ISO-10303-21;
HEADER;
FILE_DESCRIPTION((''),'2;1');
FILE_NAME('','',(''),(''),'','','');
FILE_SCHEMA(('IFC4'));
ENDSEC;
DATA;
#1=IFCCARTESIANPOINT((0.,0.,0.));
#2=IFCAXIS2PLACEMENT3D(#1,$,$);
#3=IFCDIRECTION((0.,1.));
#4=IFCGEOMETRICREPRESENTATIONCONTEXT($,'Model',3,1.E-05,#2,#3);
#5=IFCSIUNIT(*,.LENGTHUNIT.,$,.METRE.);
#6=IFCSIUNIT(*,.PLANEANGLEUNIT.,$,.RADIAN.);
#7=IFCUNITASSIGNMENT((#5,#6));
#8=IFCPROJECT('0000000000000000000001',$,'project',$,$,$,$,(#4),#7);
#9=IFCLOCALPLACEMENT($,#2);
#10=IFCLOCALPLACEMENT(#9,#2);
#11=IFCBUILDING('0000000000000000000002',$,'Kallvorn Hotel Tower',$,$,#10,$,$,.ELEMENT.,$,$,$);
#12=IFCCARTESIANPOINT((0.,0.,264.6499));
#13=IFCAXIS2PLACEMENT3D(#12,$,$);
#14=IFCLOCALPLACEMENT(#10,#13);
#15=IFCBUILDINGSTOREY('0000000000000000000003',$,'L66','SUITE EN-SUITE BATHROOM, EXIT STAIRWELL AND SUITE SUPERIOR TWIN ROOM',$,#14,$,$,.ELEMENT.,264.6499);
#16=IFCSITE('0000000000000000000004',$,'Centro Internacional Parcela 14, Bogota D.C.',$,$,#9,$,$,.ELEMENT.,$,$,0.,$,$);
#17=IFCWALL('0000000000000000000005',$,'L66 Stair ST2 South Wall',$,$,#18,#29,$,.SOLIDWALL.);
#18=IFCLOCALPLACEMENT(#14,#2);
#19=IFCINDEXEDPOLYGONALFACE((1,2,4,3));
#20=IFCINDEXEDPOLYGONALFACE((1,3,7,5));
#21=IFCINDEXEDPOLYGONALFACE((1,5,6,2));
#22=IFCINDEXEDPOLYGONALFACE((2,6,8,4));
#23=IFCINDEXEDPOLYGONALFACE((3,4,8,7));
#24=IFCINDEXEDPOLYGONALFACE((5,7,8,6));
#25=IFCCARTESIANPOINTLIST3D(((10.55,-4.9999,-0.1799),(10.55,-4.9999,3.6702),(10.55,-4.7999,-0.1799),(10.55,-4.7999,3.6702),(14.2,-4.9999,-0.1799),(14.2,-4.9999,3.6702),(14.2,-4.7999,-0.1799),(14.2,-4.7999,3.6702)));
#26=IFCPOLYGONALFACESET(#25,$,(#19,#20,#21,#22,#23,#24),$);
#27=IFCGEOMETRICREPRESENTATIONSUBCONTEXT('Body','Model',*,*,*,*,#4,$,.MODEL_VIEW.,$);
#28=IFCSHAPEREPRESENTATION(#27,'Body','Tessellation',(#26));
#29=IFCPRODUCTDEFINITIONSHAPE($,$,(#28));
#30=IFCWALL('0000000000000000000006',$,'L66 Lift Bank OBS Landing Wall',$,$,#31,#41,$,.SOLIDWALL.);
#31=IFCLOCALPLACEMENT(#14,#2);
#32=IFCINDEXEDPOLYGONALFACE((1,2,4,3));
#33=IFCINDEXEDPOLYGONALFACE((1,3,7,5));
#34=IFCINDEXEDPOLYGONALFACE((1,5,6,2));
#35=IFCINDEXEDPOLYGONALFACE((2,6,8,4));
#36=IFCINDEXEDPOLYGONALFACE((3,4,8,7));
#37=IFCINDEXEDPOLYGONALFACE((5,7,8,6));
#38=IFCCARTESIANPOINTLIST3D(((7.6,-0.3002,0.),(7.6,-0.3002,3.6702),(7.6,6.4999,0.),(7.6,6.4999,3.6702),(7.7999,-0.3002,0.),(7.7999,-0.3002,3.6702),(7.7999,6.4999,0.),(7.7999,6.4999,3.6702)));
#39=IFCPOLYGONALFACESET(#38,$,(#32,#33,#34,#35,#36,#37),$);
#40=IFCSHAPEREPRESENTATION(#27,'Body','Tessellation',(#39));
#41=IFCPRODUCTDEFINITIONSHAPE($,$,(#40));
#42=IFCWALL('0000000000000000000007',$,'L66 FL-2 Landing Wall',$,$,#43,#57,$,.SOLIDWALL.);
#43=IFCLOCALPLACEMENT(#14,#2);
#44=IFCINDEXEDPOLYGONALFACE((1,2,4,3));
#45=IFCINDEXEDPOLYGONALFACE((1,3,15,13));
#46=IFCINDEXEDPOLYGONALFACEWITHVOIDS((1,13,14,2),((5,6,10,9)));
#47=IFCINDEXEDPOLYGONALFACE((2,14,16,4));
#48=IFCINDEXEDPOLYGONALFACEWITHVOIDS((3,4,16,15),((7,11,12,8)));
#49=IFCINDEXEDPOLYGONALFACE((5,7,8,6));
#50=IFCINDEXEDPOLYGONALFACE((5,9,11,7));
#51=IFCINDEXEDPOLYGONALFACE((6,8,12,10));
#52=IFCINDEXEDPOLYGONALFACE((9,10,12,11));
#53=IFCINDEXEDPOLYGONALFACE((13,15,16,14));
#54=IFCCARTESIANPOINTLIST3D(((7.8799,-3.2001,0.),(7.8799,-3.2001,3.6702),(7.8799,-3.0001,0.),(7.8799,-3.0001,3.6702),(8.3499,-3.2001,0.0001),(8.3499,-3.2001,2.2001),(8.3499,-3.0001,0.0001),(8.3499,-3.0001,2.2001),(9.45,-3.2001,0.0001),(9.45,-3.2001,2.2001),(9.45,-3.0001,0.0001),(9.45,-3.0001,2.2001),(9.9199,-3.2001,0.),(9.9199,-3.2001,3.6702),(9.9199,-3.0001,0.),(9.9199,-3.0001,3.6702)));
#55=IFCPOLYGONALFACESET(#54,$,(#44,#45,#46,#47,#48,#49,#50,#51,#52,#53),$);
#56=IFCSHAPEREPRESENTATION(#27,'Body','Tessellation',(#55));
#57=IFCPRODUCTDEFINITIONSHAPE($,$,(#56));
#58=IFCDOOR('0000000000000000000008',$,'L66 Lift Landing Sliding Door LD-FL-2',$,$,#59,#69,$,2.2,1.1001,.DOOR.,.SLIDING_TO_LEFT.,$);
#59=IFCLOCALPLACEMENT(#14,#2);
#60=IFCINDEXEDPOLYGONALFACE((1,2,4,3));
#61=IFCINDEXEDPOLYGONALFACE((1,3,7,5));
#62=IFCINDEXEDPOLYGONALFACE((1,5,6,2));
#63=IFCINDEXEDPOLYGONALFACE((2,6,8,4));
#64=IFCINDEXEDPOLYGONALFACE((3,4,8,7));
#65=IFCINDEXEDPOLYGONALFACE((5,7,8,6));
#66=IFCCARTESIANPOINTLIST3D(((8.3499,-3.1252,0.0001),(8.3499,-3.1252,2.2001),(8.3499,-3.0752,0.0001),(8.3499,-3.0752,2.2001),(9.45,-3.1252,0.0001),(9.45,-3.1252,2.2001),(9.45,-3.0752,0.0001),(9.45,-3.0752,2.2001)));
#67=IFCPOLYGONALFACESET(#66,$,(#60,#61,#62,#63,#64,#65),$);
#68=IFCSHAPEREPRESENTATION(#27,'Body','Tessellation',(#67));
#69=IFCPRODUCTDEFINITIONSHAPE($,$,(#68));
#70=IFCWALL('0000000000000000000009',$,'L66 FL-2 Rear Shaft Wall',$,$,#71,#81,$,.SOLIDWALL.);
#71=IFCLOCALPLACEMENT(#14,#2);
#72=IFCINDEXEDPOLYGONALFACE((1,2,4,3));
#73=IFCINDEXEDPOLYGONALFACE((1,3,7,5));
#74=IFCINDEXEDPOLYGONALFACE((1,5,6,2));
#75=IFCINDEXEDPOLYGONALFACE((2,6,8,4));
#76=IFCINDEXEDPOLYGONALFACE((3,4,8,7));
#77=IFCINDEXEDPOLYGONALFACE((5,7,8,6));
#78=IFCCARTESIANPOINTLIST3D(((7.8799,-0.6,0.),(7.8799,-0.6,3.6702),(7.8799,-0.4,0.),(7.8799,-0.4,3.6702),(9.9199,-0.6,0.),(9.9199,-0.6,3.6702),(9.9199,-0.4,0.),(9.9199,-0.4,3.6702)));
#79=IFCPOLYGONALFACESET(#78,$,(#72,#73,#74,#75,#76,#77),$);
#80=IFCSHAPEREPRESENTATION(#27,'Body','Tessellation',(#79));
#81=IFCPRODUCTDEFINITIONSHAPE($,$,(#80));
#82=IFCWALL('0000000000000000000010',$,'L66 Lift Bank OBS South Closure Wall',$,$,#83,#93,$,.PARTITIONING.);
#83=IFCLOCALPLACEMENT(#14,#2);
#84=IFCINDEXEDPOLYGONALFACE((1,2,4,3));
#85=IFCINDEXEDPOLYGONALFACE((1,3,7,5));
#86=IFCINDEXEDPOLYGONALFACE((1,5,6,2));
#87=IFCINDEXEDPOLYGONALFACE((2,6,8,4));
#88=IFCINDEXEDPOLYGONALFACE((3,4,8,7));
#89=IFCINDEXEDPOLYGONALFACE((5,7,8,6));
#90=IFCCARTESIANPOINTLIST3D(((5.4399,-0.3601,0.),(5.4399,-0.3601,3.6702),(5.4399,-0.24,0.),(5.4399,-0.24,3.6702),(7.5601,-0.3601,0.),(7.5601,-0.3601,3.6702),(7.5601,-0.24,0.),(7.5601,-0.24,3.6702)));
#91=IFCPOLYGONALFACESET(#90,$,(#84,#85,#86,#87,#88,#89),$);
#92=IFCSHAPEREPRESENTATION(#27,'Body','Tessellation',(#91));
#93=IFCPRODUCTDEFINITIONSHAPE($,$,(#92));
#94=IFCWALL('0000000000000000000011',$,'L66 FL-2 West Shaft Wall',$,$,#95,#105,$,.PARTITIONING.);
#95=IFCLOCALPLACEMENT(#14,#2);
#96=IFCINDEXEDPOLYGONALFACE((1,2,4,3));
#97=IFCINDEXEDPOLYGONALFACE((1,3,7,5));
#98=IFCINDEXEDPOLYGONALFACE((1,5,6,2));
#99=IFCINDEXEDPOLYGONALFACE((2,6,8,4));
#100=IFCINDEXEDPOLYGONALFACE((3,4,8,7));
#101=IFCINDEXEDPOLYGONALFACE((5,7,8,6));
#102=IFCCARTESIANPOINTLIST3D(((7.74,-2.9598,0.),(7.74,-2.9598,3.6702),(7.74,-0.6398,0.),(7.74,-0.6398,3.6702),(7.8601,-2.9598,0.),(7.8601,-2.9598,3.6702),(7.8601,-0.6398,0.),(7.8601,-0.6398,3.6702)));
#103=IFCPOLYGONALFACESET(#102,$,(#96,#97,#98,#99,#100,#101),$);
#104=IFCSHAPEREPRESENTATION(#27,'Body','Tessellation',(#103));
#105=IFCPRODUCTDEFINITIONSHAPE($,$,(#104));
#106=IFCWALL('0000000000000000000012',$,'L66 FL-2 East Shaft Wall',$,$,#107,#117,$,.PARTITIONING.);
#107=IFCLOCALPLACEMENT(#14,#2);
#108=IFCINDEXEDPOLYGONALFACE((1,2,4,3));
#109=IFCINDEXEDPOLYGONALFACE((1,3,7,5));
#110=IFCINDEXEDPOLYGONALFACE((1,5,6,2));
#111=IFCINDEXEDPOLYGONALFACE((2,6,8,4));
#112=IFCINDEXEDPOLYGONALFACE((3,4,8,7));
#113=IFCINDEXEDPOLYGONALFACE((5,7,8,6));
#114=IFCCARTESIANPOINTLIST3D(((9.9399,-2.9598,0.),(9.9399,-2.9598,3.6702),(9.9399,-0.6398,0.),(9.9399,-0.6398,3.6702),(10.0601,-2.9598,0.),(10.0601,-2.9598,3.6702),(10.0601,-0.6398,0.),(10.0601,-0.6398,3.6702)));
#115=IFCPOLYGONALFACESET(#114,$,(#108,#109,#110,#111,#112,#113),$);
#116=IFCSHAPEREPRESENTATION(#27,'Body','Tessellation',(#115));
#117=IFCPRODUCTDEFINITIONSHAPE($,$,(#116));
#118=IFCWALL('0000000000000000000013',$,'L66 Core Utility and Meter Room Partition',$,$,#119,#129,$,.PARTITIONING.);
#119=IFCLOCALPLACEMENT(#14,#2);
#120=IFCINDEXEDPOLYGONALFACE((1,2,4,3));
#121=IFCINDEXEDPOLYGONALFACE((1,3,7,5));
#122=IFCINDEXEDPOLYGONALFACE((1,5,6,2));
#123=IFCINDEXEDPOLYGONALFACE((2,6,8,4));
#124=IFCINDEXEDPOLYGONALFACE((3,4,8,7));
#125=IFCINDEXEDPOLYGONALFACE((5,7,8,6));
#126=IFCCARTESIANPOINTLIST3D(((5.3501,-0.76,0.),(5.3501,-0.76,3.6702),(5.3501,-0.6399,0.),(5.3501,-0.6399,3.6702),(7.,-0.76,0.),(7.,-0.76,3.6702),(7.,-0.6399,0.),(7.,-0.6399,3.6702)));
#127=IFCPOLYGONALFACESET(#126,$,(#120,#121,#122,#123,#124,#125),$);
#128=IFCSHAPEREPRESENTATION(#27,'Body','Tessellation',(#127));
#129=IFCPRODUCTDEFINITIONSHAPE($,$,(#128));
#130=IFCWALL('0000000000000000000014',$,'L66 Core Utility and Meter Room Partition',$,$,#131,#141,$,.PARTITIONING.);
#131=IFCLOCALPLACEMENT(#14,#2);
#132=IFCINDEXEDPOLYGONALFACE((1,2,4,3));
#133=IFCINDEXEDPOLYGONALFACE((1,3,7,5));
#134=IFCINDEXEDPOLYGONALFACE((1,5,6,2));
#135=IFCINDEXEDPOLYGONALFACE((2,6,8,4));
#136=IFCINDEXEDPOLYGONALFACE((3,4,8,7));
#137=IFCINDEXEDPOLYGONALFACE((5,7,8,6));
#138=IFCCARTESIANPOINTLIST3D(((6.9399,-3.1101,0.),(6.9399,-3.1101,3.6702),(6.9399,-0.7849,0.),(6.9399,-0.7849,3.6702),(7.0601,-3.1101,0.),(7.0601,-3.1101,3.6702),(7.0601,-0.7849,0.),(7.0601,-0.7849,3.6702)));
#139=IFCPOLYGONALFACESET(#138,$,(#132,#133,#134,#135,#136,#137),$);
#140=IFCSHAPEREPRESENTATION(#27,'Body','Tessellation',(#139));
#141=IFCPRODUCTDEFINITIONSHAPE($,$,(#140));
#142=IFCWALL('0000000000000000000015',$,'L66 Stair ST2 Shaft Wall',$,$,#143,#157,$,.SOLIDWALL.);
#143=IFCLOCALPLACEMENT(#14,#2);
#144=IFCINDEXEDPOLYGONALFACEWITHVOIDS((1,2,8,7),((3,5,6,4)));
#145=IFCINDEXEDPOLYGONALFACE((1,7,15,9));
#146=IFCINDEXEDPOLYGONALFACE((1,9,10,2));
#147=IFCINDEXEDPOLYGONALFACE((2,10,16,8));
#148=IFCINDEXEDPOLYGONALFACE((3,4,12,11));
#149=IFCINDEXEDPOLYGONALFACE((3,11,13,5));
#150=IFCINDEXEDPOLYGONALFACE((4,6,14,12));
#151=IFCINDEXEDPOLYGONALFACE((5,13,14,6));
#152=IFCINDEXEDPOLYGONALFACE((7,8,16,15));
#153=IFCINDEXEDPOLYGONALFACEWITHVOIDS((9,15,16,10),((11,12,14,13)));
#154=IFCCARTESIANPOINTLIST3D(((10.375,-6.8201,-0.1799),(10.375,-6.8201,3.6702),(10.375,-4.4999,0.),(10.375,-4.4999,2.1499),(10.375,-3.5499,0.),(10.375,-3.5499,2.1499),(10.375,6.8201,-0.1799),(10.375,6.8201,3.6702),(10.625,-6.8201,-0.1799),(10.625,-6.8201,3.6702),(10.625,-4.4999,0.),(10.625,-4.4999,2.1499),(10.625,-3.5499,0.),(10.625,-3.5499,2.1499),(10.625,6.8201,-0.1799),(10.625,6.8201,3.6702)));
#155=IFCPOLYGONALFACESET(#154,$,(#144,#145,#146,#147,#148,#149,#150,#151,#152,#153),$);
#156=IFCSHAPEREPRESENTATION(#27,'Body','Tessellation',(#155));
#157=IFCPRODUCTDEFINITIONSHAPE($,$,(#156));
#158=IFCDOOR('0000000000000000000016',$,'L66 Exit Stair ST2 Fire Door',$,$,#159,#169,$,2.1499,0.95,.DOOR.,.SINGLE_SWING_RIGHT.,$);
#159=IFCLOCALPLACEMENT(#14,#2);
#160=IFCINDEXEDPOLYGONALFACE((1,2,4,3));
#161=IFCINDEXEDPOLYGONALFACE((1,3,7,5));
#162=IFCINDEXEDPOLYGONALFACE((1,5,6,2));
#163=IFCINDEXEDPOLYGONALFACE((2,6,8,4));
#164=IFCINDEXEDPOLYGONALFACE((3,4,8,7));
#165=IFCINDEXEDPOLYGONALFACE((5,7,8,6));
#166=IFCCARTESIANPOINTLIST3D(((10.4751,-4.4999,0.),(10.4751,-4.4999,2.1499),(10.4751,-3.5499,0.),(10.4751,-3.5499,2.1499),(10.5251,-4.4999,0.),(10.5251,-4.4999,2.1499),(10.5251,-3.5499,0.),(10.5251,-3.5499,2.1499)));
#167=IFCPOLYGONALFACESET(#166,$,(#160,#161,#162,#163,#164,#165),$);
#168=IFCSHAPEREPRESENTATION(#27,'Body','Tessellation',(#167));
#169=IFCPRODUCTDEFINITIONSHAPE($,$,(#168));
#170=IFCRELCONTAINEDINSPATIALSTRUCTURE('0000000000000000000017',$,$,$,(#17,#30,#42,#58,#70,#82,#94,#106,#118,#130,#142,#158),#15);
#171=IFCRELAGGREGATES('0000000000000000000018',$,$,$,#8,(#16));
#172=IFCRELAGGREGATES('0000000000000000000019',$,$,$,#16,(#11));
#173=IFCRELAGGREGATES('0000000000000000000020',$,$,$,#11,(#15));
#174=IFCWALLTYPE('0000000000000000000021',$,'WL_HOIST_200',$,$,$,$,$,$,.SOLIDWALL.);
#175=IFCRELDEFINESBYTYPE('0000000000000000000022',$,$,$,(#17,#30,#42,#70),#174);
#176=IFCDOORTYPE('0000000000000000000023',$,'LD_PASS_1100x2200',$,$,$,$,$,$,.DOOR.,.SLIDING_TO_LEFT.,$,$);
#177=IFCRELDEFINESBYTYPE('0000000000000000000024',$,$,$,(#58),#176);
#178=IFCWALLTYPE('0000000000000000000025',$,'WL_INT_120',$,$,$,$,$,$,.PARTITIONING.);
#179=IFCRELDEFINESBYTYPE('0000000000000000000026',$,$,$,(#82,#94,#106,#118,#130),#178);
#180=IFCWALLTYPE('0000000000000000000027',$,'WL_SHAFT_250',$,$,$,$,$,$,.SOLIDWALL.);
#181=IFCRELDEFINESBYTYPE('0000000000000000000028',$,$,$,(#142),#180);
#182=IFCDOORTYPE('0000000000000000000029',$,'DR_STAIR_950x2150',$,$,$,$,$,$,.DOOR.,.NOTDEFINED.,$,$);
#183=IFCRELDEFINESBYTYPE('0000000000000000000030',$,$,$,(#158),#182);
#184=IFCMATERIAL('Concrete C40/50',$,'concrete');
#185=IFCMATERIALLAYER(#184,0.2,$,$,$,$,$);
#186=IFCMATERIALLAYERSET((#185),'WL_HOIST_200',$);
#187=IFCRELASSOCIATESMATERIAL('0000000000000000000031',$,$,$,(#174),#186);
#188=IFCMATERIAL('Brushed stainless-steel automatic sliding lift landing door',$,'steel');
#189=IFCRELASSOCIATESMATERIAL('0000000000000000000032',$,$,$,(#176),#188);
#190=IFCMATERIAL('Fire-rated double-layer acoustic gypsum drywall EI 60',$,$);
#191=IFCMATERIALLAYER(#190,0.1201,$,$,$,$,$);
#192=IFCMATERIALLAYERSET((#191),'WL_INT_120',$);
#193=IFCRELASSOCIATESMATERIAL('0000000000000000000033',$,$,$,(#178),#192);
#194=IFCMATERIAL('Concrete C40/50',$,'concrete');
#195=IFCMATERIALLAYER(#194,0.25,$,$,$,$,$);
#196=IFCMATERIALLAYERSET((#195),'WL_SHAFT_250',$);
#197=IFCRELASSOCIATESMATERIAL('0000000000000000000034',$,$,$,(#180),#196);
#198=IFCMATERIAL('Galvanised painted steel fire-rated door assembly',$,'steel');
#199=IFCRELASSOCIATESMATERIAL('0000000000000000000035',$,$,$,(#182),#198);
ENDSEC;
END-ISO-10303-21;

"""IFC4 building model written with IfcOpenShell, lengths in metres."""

from ifc_helpers import new_model, si_unit, direction, frame, frame_2d, origin, place, context, subcontext, project, spatial, rectangle, extrude, material, layer, layer_set, type_object, element, fill, save


model = new_model("IFC4")

# Units and contexts
model_context = context("Model", 3, precision=1e-05, world=origin(), true_north=direction((0.0, 1.0)))
body_context = subcontext(model_context, "Body", "Model", "MODEL_VIEW")
ifc_project = project(units=[si_unit("LENGTHUNIT", "METRE"), si_unit("PLANEANGLEUNIT", "RADIAN")], contexts=[model_context])

# Site, building, storey
site_placement = place(None, origin())
site = spatial("IfcSite", under=ifc_project, at=site_placement, Name="Centro Internacional Parcela 14, Bogota D.C.", CompositionType="ELEMENT", RefElevation=0.0)
building_placement = place(site_placement, origin())
building = spatial("IfcBuilding", under=site, at=building_placement, Name="Kallvorn Hotel Tower", CompositionType="ELEMENT")
storey_placement = place(building_placement, frame((0.0, 0.0, 264.6499)))
storey = spatial("IfcBuildingStorey", under=building, at=storey_placement, Name="L66", Description="SUITE EN-SUITE BATHROOM, EXIT STAIRWELL AND SUITE SUPERIOR TWIN ROOM", CompositionType="ELEMENT", Elevation=264.6499)

# Walls
ifc_material_1 = material(Name="Concrete C40/50", Category="concrete")
ifc_layer_1 = layer(ifc_material_1, 0.2)
ifc_layer_set_1 = layer_set([ifc_layer_1], Name="WL_HOIST_200")
wall_type_1 = type_object("IfcWallType", Name="WL_HOIST_200", PredefinedType="SOLIDWALL", material=ifc_layer_set_1)
wall_1_placement = place(storey_placement, frame((10.55, -4.8999, -0.1799), z_axis=(0.0, 0.0, 1.0), x_axis=(1.0, 0.0, 0.0)))
element("IfcWall", 1, at=wall_1_placement, inside=storey, type_object=wall_type_1, Name="L66 Stair ST2 South Wall", PredefinedType="SOLIDWALL", context=body_context, shape_type="SweptSolid", body=[
    extrude(rectangle(XDim=3.6499, YDim=0.2, at=frame_2d((1.825, 0.0))), origin(), (0.0, 0.0, 1.0), 3.8501),
])
wall_2_placement = place(storey_placement, frame((7.7, -0.3, 0.0), z_axis=(0.0, 0.0, 1.0), x_axis=(0.0, 1.0, 0.0)))
element("IfcWall", 2, at=wall_2_placement, inside=storey, type_object=wall_type_1, Name="L66 Lift Bank OBS Landing Wall", PredefinedType="SOLIDWALL", context=body_context, shape_type="SweptSolid", body=[
    extrude(rectangle(XDim=6.8, YDim=0.2, at=frame_2d((3.3999, 0.0))), origin(), (0.0, 0.0, 1.0), 3.6702),
])

# Wall, opening, door
wall_3_placement = place(storey_placement, frame((7.8799, -3.1001, 0.0), z_axis=(0.0, 0.0, 1.0), x_axis=(1.0, 0.0, 0.0)))
wall_3 = element("IfcWall", 3, at=wall_3_placement, inside=storey, type_object=wall_type_1, Name="L66 FL-2 Landing Wall", PredefinedType="SOLIDWALL", context=body_context, shape_type="SweptSolid", body=[
    extrude(rectangle(XDim=2.04, YDim=0.2, at=frame_2d((1.02, 0.0))), origin(), (0.0, 0.0, 1.0), 3.6702),
])
opening_1_placement = place(wall_3_placement, frame((0.47, 0.0, 0.0)))
opening_1 = element("IfcOpeningElement", 4, at=opening_1_placement, cuts=wall_3, PredefinedType="OPENING", context=body_context, shape_type="SweptSolid", body=[
    extrude(rectangle(XDim=1.1001, YDim=2.2, at=frame_2d((0.55, 1.1001))), frame((0.0, 0.115, 0.0), z_axis=(0.0, -1.0, 0.0), x_axis=(1.0, 0.0, 0.0)), (0.0, 0.0, 1.0), 0.23),
])
ifc_material_2 = material(Name="Brushed stainless-steel automatic sliding lift landing door", Category="steel")
door_type_1 = type_object("IfcDoorType", Name="LD_PASS_1100x2200", OperationType="SLIDING_TO_LEFT", PredefinedType="DOOR", material=ifc_material_2)
door_1_placement = place(opening_1_placement, origin())
door_1 = element("IfcDoor", 5, at=door_1_placement, inside=storey, type_object=door_type_1, Name="L66 Lift Landing Sliding Door LD-FL-2", OperationType="SLIDING_TO_LEFT", OverallHeight=2.2, OverallWidth=1.1001, PredefinedType="DOOR", context=body_context, shape_type="SweptSolid", body=[
    extrude(rectangle(XDim=1.1001, YDim=2.2, at=frame_2d((0.55, 1.1001))), frame((0.0, 0.0249, 0.0), z_axis=(0.0, -1.0, 0.0), x_axis=(1.0, 0.0, 0.0)), (0.0, 0.0, 1.0), 0.05),
])
fill(opening_1, door_1)

# Walls
wall_4_placement = place(storey_placement, frame((7.8799, -0.5, 0.0), z_axis=(0.0, 0.0, 1.0), x_axis=(1.0, 0.0, 0.0)))
element("IfcWall", 6, at=wall_4_placement, inside=storey, type_object=wall_type_1, Name="L66 FL-2 Rear Shaft Wall", PredefinedType="SOLIDWALL", context=body_context, shape_type="SweptSolid", body=[
    extrude(rectangle(XDim=2.04, YDim=0.2, at=frame_2d((1.02, 0.0))), origin(), (0.0, 0.0, 1.0), 3.6702),
])
ifc_material_3 = material(Name="Fire-rated double-layer acoustic gypsum drywall EI 60")
ifc_layer_2 = layer(ifc_material_3, 0.1201)
ifc_layer_set_2 = layer_set([ifc_layer_2], Name="WL_INT_120")
wall_type_2 = type_object("IfcWallType", Name="WL_INT_120", PredefinedType="PARTITIONING", material=ifc_layer_set_2)
wall_5_placement = place(storey_placement, frame((5.4399, -0.3, 0.0), z_axis=(0.0, 0.0, 1.0), x_axis=(1.0, 0.0, 0.0)))
element("IfcWall", 7, at=wall_5_placement, inside=storey, type_object=wall_type_2, Name="L66 Lift Bank OBS South Closure Wall", PredefinedType="PARTITIONING", context=body_context, shape_type="SweptSolid", body=[
    extrude(rectangle(XDim=2.1201, YDim=0.1201, at=frame_2d((1.0601, 0.0))), origin(), (0.0, 0.0, 1.0), 3.6702),
])
for number, where, z_axis, x_axis, name in (
    (8, (7.8, -2.96, 0.0), (0.0, 0.0, 1.0), (0.0, 1.0, 0.0), "L66 FL-2 West Shaft Wall"),
    (9, (10.0, -2.96, 0.0), (0.0, 0.0, 1.0), (0.0, 1.0, 0.0), "L66 FL-2 East Shaft Wall"),
):
    element("IfcWall", number, at=place(storey_placement, frame(where, z_axis=z_axis, x_axis=x_axis)), inside=storey, type_object=wall_type_2, Name=name, PredefinedType="PARTITIONING", context=body_context, shape_type="SweptSolid", body=[
        extrude(rectangle(XDim=2.3201, YDim=0.1201, at=frame_2d((1.1602, 0.0))), origin(), (0.0, 0.0, 1.0), 3.6702),
    ])
wall_6_placement = place(storey_placement, frame((5.3501, -0.7, 0.0), z_axis=(0.0, 0.0, 1.0), x_axis=(1.0, 0.0, 0.0)))
element("IfcWall", 10, at=wall_6_placement, inside=storey, type_object=wall_type_2, Name="L66 Core Utility and Meter Room Partition", PredefinedType="PARTITIONING", context=body_context, shape_type="SweptSolid", body=[
    extrude(rectangle(XDim=1.6499, YDim=0.1201, at=frame_2d((0.825, 0.0))), origin(), (0.0, 0.0, 1.0), 3.6702),
])
wall_7_placement = place(storey_placement, frame((7.0, -3.1101, 0.0), z_axis=(0.0, 0.0, 1.0), x_axis=(0.0, 1.0, 0.0)))
element("IfcWall", 11, at=wall_7_placement, inside=storey, type_object=wall_type_2, Name="L66 Core Utility and Meter Room Partition", PredefinedType="PARTITIONING", context=body_context, shape_type="SweptSolid", body=[
    extrude(rectangle(XDim=2.3252, YDim=0.1201, at=frame_2d((1.1626, 0.0))), origin(), (0.0, 0.0, 1.0), 3.6702),
])

# Wall, opening, door
ifc_material_4 = material(Name="Concrete C40/50", Category="concrete")
ifc_layer_3 = layer(ifc_material_4, 0.25)
ifc_layer_set_3 = layer_set([ifc_layer_3], Name="WL_SHAFT_250")
wall_type_3 = type_object("IfcWallType", Name="WL_SHAFT_250", PredefinedType="SOLIDWALL", material=ifc_layer_set_3)
wall_8_placement = place(storey_placement, frame((10.5, -6.8201, -0.1799), z_axis=(0.0, 0.0, 1.0), x_axis=(0.0, 1.0, 0.0)))
wall_8 = element("IfcWall", 12, at=wall_8_placement, inside=storey, type_object=wall_type_3, Name="L66 Stair ST2 Shaft Wall", PredefinedType="SOLIDWALL", context=body_context, shape_type="SweptSolid", body=[
    extrude(rectangle(XDim=13.6401, YDim=0.25, at=frame_2d((6.8201, 0.0))), origin(), (0.0, 0.0, 1.0), 3.8501),
])
opening_2_placement = place(wall_8_placement, frame((2.3201, 0.0, 0.1799)))
opening_2 = element("IfcOpeningElement", 13, at=opening_2_placement, cuts=wall_8, PredefinedType="OPENING", context=body_context, shape_type="SweptSolid", body=[
    extrude(rectangle(XDim=0.95, YDim=2.1499, at=frame_2d((0.4751, 1.075))), frame((0.0, 0.1399, 0.0), z_axis=(0.0, -1.0, 0.0), x_axis=(1.0, 0.0, 0.0)), (0.0, 0.0, 1.0), 0.28),
])
ifc_material_5 = material(Name="Galvanised painted steel fire-rated door assembly", Category="steel")
door_type_2 = type_object("IfcDoorType", Name="DR_STAIR_950x2150", OperationType="NOTDEFINED", PredefinedType="DOOR", material=ifc_material_5)
door_2_placement = place(opening_2_placement, origin())
door_2 = element("IfcDoor", 14, at=door_2_placement, inside=storey, type_object=door_type_2, Name="L66 Exit Stair ST2 Fire Door", OperationType="SINGLE_SWING_RIGHT", OverallHeight=2.1499, OverallWidth=0.95, PredefinedType="DOOR", context=body_context, shape_type="SweptSolid", body=[
    extrude(rectangle(XDim=0.95, YDim=2.1499, at=frame_2d((0.4751, 1.075))), frame((0.0, 0.0249, 0.0), z_axis=(0.0, -1.0, 0.0), x_axis=(1.0, 0.0, 0.0)), (0.0, 0.0, 1.0), 0.05),
])
fill(opening_2, door_2)

save(model, "model.ifc")
